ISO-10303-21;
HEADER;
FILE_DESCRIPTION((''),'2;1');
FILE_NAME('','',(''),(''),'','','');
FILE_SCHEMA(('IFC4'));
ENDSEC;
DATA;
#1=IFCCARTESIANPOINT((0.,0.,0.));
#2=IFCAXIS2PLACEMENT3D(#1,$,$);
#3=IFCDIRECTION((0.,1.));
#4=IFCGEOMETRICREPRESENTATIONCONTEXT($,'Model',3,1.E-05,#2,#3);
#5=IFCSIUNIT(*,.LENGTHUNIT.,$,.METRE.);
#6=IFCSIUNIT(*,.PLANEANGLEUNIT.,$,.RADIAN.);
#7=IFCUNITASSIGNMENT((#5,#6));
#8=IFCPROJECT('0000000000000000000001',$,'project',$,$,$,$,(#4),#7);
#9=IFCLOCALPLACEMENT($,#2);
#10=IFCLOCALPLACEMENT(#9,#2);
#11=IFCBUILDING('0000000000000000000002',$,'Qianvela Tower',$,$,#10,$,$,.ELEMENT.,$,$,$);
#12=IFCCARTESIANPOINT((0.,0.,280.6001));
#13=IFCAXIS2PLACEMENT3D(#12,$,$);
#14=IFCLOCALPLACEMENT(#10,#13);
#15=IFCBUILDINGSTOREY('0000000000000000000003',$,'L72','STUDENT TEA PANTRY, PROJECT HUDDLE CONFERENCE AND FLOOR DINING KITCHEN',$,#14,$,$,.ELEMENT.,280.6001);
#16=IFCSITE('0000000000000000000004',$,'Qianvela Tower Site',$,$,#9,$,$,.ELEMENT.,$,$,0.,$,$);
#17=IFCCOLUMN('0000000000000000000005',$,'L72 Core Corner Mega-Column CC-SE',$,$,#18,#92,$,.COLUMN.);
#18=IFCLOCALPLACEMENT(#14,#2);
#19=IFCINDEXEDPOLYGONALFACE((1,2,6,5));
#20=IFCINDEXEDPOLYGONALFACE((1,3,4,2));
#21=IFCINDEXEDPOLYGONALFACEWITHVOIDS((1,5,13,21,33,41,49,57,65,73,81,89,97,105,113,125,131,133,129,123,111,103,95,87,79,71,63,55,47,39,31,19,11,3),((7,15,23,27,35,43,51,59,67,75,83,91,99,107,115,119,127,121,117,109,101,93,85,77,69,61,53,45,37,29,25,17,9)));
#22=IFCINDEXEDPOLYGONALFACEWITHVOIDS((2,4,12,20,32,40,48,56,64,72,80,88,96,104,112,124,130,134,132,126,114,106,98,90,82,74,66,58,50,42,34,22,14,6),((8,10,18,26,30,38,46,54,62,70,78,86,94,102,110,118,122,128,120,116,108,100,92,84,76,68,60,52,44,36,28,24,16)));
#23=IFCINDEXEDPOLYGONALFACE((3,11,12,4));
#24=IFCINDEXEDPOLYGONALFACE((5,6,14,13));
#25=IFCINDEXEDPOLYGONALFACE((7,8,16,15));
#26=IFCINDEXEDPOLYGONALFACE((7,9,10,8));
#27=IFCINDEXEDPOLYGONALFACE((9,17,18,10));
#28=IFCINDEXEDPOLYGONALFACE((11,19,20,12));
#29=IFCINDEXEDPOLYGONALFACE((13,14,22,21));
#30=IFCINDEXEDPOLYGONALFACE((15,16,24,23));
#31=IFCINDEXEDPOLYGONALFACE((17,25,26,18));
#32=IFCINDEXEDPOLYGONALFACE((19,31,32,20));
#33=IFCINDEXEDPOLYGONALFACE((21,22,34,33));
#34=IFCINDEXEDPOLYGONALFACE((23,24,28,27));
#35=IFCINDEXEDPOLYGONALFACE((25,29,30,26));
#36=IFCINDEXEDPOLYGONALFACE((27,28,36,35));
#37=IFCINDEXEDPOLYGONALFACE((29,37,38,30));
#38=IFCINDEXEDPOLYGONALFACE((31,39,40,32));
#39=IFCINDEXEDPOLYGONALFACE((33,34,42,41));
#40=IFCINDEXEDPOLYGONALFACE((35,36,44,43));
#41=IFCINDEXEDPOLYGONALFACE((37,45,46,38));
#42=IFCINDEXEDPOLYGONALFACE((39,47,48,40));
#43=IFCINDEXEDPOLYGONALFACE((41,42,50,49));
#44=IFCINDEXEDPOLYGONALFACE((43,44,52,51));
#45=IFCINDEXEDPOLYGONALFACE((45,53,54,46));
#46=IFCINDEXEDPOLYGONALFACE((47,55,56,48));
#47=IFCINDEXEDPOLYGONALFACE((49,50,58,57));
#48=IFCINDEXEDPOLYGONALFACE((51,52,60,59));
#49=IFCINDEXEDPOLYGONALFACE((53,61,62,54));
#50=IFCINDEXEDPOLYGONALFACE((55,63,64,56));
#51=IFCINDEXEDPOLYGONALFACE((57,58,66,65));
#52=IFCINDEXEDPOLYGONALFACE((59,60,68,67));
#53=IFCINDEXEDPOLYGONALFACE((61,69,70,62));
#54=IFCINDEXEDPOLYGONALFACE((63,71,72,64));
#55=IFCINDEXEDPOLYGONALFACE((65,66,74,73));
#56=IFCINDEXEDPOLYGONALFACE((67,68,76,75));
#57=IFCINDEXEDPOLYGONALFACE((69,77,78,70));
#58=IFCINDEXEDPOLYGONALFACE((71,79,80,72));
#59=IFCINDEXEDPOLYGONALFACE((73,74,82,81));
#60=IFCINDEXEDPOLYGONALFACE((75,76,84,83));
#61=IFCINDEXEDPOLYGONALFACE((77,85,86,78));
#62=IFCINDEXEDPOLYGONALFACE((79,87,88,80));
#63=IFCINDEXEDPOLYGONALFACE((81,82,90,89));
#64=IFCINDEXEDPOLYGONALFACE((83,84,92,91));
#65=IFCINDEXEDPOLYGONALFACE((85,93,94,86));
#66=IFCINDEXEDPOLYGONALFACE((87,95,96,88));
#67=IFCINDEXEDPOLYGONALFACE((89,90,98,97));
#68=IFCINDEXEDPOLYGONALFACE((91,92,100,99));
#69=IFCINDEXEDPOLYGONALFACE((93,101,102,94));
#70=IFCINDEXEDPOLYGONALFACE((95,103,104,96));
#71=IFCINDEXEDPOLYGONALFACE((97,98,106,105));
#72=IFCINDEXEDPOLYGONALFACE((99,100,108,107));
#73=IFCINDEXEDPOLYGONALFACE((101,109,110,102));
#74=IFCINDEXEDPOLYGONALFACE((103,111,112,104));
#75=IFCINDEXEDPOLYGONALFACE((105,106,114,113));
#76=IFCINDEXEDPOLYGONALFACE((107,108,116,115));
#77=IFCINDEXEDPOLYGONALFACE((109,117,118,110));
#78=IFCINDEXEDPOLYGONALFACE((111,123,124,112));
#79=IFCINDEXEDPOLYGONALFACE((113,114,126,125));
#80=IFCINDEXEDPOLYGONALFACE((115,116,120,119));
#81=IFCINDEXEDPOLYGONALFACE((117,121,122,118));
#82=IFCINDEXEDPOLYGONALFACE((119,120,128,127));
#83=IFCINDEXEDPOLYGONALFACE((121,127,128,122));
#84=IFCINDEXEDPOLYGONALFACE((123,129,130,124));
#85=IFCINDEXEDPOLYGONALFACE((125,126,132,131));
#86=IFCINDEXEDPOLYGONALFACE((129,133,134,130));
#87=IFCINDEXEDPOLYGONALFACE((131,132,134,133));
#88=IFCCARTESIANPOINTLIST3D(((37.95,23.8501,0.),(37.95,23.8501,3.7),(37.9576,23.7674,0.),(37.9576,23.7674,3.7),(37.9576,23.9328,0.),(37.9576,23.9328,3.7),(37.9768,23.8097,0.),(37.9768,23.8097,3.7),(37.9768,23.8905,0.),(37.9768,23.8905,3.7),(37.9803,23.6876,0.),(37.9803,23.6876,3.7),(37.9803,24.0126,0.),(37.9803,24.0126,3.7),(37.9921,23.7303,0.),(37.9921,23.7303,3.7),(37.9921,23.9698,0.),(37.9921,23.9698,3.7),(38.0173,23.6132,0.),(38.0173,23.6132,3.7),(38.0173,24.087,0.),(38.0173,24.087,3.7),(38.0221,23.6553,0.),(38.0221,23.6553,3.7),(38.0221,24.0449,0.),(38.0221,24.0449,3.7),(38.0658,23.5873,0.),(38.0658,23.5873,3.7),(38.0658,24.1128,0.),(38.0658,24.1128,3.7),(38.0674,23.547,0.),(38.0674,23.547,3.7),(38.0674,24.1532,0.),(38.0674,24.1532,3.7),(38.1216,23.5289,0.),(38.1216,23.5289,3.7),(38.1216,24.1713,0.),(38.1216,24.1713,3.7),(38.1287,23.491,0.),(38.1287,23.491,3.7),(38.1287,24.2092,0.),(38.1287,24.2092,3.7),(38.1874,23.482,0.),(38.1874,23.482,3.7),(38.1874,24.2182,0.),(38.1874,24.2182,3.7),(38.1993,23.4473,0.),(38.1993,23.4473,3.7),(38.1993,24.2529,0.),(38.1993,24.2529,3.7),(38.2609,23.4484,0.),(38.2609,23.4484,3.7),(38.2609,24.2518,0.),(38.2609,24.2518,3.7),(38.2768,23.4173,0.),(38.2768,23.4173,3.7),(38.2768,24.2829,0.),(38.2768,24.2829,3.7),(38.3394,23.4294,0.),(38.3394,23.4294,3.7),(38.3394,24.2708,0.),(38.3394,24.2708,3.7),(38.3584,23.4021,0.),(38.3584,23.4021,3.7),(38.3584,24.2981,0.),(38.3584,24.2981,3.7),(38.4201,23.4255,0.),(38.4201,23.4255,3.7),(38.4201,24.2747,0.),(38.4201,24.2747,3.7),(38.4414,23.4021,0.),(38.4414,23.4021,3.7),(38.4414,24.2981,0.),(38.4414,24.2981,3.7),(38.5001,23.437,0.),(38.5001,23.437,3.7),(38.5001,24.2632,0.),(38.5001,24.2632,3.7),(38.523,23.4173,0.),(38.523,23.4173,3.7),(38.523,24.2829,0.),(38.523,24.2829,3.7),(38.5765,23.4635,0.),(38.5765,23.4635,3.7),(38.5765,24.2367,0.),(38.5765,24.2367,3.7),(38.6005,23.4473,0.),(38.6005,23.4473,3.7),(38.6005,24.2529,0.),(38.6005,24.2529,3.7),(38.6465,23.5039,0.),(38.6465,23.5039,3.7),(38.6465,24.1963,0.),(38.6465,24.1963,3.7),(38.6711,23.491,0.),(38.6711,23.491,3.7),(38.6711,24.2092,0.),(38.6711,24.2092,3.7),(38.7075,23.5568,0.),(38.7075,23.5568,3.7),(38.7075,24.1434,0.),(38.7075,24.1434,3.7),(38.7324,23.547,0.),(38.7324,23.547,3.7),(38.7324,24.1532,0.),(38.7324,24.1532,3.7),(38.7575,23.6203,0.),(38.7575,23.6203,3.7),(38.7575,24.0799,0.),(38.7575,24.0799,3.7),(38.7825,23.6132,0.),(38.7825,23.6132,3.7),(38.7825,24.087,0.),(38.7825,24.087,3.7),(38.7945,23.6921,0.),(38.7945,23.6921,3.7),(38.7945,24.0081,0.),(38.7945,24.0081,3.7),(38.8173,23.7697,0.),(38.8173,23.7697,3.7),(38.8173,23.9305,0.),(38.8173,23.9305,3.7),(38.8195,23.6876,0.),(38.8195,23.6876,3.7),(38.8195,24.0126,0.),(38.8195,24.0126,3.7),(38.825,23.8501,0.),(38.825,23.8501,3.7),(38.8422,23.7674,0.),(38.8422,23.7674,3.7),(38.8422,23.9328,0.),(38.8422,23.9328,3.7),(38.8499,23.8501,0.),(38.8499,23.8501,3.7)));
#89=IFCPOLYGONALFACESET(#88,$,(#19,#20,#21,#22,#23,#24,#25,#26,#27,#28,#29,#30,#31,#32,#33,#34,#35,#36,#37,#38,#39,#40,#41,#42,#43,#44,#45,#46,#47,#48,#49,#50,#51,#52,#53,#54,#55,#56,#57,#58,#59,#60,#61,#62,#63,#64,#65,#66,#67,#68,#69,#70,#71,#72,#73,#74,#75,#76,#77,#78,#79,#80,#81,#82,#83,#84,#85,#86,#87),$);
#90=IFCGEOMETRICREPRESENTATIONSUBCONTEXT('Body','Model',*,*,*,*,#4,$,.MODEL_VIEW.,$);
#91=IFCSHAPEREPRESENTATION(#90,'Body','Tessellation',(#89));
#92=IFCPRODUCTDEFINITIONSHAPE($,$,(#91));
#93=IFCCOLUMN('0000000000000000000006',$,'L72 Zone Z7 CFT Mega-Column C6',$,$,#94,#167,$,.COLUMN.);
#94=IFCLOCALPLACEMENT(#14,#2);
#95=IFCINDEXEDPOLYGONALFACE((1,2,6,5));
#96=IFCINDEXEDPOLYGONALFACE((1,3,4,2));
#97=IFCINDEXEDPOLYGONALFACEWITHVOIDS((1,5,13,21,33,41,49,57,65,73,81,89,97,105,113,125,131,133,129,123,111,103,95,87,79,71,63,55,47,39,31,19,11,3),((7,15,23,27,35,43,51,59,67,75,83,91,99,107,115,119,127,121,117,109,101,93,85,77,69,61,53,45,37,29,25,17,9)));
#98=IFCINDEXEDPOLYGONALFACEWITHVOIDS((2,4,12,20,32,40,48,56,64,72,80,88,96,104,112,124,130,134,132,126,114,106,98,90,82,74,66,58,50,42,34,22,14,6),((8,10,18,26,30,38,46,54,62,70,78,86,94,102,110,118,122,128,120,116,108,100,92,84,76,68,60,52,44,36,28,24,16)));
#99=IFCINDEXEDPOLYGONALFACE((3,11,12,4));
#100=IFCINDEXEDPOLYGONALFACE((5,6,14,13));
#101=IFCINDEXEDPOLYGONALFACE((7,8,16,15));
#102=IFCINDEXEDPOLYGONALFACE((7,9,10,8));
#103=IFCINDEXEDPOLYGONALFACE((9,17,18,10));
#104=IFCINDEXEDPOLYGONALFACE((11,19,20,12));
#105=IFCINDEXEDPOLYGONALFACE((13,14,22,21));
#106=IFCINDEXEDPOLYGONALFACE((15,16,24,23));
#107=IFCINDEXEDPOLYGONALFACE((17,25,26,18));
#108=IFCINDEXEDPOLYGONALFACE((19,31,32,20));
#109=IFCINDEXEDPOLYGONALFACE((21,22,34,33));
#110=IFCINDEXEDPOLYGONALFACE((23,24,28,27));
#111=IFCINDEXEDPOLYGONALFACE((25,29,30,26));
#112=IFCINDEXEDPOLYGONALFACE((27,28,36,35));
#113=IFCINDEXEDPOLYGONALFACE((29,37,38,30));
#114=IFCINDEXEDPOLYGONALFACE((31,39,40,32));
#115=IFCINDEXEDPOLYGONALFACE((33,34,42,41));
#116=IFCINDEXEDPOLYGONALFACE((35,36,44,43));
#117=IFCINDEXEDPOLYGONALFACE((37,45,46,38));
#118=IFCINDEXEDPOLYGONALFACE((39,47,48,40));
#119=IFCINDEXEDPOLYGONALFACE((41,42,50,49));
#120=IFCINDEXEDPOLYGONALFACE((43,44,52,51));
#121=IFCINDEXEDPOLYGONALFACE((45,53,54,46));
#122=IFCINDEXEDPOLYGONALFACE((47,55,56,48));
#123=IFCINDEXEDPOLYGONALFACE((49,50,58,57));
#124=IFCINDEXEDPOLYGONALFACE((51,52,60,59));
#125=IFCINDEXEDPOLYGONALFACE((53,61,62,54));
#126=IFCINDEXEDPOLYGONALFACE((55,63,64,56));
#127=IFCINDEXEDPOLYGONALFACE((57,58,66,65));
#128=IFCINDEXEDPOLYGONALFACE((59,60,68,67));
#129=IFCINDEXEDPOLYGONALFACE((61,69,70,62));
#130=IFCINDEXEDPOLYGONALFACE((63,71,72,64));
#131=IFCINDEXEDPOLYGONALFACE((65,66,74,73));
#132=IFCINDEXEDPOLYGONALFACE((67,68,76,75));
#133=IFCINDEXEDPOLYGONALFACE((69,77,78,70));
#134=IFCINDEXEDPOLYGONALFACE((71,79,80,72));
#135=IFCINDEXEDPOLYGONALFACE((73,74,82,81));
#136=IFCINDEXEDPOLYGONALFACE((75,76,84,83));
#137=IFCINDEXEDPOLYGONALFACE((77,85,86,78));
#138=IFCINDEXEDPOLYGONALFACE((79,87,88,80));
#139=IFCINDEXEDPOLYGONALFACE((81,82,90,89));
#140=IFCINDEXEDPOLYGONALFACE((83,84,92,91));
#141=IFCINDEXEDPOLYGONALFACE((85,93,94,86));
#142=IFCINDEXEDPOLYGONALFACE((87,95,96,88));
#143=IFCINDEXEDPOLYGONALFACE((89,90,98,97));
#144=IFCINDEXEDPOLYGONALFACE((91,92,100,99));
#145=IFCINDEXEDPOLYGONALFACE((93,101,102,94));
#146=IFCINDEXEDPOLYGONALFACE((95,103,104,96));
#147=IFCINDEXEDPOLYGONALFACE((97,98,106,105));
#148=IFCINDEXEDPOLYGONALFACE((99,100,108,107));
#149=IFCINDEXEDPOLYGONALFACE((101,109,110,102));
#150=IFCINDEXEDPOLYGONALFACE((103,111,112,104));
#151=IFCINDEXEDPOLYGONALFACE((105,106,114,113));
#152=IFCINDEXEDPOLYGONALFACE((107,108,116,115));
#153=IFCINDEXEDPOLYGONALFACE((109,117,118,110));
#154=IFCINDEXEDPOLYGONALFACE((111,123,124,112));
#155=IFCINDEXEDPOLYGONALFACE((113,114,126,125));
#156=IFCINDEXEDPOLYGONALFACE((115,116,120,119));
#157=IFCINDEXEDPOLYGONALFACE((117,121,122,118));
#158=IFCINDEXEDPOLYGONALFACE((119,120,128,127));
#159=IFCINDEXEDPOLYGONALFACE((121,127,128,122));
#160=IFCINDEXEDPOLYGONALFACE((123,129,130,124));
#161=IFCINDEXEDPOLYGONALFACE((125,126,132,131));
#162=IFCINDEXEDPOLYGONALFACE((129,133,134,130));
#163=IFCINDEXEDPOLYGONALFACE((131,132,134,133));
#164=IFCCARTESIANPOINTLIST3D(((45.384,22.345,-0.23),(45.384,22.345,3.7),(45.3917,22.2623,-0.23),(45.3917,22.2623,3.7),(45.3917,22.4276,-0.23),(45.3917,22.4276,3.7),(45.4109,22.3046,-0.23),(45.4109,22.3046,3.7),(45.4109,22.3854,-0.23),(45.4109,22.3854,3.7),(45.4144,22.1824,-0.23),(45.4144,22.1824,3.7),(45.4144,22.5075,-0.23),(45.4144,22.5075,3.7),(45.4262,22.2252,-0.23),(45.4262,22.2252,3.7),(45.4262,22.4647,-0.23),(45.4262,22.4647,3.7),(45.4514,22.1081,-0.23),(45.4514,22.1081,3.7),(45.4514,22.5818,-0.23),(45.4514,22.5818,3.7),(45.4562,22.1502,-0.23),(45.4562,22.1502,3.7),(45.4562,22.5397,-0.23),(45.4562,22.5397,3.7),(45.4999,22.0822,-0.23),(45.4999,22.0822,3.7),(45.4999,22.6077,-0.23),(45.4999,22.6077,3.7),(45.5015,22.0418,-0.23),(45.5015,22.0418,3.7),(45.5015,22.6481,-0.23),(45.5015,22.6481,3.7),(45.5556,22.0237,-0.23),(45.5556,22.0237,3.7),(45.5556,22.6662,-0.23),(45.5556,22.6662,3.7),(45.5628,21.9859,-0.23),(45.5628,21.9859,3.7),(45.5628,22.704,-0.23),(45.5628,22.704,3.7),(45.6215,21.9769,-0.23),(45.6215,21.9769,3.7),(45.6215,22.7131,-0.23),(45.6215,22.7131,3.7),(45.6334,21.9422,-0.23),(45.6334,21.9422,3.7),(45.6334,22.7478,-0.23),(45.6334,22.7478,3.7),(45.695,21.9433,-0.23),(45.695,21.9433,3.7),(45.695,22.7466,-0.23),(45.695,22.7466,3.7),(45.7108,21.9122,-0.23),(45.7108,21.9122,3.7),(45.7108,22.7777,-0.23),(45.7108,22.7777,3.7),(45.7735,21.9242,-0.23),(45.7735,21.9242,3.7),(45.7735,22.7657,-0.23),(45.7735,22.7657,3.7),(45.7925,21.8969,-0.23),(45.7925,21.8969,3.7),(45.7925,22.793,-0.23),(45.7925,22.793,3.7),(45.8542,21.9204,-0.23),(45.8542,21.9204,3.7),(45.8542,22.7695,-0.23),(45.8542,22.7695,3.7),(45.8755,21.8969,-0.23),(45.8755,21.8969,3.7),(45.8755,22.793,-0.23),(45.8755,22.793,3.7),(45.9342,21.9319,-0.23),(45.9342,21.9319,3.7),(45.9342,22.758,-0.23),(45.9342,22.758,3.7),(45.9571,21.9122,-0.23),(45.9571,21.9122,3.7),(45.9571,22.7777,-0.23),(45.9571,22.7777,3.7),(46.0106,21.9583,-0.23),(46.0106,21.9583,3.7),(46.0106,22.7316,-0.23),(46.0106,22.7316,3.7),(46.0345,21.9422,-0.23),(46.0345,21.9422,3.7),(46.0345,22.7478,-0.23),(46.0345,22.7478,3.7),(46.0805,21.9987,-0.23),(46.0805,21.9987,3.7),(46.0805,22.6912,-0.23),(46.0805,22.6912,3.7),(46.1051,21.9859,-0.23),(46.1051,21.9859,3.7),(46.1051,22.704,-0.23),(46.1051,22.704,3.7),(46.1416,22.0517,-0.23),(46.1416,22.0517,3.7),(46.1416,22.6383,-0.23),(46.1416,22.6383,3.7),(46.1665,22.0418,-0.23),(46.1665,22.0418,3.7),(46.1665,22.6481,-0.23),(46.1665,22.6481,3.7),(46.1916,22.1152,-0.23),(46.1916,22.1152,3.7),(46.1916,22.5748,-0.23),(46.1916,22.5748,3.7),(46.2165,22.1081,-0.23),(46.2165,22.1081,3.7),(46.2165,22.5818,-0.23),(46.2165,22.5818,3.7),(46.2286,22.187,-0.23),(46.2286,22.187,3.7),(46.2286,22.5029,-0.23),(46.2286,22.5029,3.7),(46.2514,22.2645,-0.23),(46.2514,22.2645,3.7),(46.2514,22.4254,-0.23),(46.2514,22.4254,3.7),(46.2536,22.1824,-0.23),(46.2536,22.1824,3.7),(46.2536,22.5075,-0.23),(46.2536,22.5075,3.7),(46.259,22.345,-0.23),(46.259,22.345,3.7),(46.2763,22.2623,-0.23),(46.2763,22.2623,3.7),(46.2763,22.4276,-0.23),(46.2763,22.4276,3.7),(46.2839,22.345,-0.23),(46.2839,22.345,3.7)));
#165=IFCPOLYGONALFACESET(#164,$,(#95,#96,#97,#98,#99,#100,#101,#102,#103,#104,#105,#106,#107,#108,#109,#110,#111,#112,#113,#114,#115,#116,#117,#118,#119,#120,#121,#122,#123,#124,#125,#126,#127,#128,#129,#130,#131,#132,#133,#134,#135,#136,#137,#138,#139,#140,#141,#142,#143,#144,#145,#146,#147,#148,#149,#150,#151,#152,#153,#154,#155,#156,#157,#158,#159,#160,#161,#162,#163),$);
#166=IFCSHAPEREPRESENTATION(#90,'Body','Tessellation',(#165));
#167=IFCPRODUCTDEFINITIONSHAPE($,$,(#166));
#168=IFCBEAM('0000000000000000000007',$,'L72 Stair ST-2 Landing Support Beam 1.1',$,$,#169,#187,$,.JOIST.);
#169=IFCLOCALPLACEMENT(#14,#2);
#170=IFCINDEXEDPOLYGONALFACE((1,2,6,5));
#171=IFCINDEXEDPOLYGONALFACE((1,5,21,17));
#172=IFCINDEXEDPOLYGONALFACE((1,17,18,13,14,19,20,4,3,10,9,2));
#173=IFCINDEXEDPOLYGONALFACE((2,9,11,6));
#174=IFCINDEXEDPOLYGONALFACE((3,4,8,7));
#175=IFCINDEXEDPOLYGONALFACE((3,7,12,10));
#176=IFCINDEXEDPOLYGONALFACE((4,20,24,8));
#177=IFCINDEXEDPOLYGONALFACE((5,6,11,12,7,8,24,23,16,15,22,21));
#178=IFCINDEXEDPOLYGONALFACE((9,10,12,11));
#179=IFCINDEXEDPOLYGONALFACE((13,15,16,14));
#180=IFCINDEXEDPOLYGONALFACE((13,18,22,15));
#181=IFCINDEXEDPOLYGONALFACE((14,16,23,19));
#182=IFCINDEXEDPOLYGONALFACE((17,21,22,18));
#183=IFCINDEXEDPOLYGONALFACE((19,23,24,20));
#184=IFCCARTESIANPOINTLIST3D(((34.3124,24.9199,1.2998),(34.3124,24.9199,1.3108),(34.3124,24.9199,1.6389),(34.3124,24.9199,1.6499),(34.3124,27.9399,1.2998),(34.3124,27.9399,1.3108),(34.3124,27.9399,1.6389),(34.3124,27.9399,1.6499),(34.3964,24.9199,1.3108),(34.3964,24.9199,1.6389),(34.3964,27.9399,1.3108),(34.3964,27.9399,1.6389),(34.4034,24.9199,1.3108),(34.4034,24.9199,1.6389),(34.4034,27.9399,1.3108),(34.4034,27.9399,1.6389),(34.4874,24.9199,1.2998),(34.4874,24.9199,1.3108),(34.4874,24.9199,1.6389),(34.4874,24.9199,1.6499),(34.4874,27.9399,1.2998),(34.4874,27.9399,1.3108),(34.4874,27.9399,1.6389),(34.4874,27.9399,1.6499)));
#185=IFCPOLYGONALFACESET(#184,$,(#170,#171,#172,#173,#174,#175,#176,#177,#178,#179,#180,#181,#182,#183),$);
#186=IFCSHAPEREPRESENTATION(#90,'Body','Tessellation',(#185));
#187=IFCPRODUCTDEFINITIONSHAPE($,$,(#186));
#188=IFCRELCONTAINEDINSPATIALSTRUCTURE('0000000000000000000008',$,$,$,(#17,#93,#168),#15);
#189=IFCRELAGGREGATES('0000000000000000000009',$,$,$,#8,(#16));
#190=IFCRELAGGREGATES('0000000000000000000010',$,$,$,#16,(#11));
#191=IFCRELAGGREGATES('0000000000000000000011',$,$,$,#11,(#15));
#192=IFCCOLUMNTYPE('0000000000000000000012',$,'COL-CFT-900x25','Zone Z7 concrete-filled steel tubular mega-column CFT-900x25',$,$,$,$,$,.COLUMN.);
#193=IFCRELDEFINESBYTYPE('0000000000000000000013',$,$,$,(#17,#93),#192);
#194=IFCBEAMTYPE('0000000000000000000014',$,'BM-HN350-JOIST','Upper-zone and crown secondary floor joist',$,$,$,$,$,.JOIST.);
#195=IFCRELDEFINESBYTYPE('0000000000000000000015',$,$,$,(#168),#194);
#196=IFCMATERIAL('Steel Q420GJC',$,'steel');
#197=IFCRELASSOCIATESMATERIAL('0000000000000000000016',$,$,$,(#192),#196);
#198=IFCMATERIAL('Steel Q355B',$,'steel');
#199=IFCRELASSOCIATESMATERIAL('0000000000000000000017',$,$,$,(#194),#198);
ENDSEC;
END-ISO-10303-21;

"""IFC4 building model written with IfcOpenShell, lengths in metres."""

from ifc_helpers import new_model, si_unit, direction, frame, origin, origin_2d, place, context, subcontext, project, spatial, hollow_circle, i_section, extrude, material, material_profile, profile_set, type_object, element, save


model = new_model("IFC4")

# Units and contexts
model_context = context("Model", 3, precision=1e-05, world=origin(), true_north=direction((0.0, 1.0)))
body_context = subcontext(model_context, "Body", "Model", "MODEL_VIEW")
ifc_project = project(units=[si_unit("LENGTHUNIT", "METRE"), si_unit("PLANEANGLEUNIT", "RADIAN")], contexts=[model_context])

# Site, building, storey
site_placement = place(None, origin())
site = spatial("IfcSite", under=ifc_project, at=site_placement, Name="Qianvela Tower Site", CompositionType="ELEMENT", RefElevation=0.0)
building_placement = place(site_placement, origin())
building = spatial("IfcBuilding", under=site, at=building_placement, Name="Qianvela Tower", CompositionType="ELEMENT")
storey_placement = place(building_placement, frame((0.0, 0.0, 280.6001)))
storey = spatial("IfcBuildingStorey", under=building, at=storey_placement, Name="L72", Description="STUDENT TEA PANTRY, PROJECT HUDDLE CONFERENCE AND FLOOR DINING KITCHEN", CompositionType="ELEMENT", Elevation=280.6001)

# Columns
ifc_material_1 = material(Name="Steel Q420GJC", Category="steel")
ifc_material_profile_1 = material_profile(ifc_material_1, hollow_circle(Radius=0.45, WallThickness=0.0249, at=origin_2d()), Name="CFT-900x25")
ifc_profile_set_1 = profile_set([ifc_material_profile_1], Name="Steel Q420GJC")
column_type = type_object("IfcColumnType", Name="COL-CFT-900x25", Description="Zone Z7 concrete-filled steel tubular mega-column CFT-900x25", PredefinedType="COLUMN", material=ifc_profile_set_1)
column_1_placement = place(storey_placement, frame((38.3999, 23.8501, 0.0), z_axis=(0.0, 0.0, 1.0), x_axis=(1.0, 0.0, 0.0)))
element("IfcColumn", 1, at=column_1_placement, inside=storey, type_object=column_type, Name="L72 Core Corner Mega-Column CC-SE", PredefinedType="COLUMN", context=body_context, shape_type="SweptSolid", body=[
    extrude(hollow_circle(Radius=0.45, WallThickness=0.0249, at=origin_2d()), origin(), (0.0, 0.0, 1.0), 3.7),
])
column_2_placement = place(storey_placement, frame((45.834, 22.345, -0.23), z_axis=(0.0, 0.0, 1.0), x_axis=(1.0, 0.0, 0.0)))
element("IfcColumn", 2, at=column_2_placement, inside=storey, type_object=column_type, Name="L72 Zone Z7 CFT Mega-Column C6", PredefinedType="COLUMN", context=body_context, shape_type="SweptSolid", body=[
    extrude(hollow_circle(Radius=0.45, WallThickness=0.0249, at=origin_2d()), origin(), (0.0, 0.0, 1.0), 3.9299),
])

# Beam
ifc_material_2 = material(Name="Steel Q355B", Category="steel")
ifc_material_profile_2 = material_profile(ifc_material_2, i_section(OverallWidth=0.175, OverallDepth=0.3501, WebThickness=0.0071, FlangeThickness=0.011, at=origin_2d()), Name="HN350x175x7x11")
ifc_profile_set_2 = profile_set([ifc_material_profile_2], Name="Steel Q355B")
beam_type_1 = type_object("IfcBeamType", Name="BM-HN350-JOIST", Description="Upper-zone and crown secondary floor joist", PredefinedType="JOIST", material=ifc_profile_set_2)
for number, where, z_axis, x_axis, name in (
    (3, (34.3999, 24.9199, 1.4749), (0.0, 1.0, 0.0), (-1.0, 0.0, 0.0), "L72 Stair ST-2 Landing Support Beam 1.1"),
):
    element("IfcBeam", number, at=place(storey_placement, frame(where, z_axis=z_axis, x_axis=x_axis)), inside=storey, type_object=beam_type_1, Name=name, PredefinedType="JOIST", context=body_context, shape_type="SweptSolid", body=[
        extrude(i_section(OverallWidth=0.175, OverallDepth=0.3501, WebThickness=0.0071, FlangeThickness=0.011, at=origin_2d()), origin(), (0.0, 0.0, 1.0), 3.02),
    ])

save(model, "model.ifc")
